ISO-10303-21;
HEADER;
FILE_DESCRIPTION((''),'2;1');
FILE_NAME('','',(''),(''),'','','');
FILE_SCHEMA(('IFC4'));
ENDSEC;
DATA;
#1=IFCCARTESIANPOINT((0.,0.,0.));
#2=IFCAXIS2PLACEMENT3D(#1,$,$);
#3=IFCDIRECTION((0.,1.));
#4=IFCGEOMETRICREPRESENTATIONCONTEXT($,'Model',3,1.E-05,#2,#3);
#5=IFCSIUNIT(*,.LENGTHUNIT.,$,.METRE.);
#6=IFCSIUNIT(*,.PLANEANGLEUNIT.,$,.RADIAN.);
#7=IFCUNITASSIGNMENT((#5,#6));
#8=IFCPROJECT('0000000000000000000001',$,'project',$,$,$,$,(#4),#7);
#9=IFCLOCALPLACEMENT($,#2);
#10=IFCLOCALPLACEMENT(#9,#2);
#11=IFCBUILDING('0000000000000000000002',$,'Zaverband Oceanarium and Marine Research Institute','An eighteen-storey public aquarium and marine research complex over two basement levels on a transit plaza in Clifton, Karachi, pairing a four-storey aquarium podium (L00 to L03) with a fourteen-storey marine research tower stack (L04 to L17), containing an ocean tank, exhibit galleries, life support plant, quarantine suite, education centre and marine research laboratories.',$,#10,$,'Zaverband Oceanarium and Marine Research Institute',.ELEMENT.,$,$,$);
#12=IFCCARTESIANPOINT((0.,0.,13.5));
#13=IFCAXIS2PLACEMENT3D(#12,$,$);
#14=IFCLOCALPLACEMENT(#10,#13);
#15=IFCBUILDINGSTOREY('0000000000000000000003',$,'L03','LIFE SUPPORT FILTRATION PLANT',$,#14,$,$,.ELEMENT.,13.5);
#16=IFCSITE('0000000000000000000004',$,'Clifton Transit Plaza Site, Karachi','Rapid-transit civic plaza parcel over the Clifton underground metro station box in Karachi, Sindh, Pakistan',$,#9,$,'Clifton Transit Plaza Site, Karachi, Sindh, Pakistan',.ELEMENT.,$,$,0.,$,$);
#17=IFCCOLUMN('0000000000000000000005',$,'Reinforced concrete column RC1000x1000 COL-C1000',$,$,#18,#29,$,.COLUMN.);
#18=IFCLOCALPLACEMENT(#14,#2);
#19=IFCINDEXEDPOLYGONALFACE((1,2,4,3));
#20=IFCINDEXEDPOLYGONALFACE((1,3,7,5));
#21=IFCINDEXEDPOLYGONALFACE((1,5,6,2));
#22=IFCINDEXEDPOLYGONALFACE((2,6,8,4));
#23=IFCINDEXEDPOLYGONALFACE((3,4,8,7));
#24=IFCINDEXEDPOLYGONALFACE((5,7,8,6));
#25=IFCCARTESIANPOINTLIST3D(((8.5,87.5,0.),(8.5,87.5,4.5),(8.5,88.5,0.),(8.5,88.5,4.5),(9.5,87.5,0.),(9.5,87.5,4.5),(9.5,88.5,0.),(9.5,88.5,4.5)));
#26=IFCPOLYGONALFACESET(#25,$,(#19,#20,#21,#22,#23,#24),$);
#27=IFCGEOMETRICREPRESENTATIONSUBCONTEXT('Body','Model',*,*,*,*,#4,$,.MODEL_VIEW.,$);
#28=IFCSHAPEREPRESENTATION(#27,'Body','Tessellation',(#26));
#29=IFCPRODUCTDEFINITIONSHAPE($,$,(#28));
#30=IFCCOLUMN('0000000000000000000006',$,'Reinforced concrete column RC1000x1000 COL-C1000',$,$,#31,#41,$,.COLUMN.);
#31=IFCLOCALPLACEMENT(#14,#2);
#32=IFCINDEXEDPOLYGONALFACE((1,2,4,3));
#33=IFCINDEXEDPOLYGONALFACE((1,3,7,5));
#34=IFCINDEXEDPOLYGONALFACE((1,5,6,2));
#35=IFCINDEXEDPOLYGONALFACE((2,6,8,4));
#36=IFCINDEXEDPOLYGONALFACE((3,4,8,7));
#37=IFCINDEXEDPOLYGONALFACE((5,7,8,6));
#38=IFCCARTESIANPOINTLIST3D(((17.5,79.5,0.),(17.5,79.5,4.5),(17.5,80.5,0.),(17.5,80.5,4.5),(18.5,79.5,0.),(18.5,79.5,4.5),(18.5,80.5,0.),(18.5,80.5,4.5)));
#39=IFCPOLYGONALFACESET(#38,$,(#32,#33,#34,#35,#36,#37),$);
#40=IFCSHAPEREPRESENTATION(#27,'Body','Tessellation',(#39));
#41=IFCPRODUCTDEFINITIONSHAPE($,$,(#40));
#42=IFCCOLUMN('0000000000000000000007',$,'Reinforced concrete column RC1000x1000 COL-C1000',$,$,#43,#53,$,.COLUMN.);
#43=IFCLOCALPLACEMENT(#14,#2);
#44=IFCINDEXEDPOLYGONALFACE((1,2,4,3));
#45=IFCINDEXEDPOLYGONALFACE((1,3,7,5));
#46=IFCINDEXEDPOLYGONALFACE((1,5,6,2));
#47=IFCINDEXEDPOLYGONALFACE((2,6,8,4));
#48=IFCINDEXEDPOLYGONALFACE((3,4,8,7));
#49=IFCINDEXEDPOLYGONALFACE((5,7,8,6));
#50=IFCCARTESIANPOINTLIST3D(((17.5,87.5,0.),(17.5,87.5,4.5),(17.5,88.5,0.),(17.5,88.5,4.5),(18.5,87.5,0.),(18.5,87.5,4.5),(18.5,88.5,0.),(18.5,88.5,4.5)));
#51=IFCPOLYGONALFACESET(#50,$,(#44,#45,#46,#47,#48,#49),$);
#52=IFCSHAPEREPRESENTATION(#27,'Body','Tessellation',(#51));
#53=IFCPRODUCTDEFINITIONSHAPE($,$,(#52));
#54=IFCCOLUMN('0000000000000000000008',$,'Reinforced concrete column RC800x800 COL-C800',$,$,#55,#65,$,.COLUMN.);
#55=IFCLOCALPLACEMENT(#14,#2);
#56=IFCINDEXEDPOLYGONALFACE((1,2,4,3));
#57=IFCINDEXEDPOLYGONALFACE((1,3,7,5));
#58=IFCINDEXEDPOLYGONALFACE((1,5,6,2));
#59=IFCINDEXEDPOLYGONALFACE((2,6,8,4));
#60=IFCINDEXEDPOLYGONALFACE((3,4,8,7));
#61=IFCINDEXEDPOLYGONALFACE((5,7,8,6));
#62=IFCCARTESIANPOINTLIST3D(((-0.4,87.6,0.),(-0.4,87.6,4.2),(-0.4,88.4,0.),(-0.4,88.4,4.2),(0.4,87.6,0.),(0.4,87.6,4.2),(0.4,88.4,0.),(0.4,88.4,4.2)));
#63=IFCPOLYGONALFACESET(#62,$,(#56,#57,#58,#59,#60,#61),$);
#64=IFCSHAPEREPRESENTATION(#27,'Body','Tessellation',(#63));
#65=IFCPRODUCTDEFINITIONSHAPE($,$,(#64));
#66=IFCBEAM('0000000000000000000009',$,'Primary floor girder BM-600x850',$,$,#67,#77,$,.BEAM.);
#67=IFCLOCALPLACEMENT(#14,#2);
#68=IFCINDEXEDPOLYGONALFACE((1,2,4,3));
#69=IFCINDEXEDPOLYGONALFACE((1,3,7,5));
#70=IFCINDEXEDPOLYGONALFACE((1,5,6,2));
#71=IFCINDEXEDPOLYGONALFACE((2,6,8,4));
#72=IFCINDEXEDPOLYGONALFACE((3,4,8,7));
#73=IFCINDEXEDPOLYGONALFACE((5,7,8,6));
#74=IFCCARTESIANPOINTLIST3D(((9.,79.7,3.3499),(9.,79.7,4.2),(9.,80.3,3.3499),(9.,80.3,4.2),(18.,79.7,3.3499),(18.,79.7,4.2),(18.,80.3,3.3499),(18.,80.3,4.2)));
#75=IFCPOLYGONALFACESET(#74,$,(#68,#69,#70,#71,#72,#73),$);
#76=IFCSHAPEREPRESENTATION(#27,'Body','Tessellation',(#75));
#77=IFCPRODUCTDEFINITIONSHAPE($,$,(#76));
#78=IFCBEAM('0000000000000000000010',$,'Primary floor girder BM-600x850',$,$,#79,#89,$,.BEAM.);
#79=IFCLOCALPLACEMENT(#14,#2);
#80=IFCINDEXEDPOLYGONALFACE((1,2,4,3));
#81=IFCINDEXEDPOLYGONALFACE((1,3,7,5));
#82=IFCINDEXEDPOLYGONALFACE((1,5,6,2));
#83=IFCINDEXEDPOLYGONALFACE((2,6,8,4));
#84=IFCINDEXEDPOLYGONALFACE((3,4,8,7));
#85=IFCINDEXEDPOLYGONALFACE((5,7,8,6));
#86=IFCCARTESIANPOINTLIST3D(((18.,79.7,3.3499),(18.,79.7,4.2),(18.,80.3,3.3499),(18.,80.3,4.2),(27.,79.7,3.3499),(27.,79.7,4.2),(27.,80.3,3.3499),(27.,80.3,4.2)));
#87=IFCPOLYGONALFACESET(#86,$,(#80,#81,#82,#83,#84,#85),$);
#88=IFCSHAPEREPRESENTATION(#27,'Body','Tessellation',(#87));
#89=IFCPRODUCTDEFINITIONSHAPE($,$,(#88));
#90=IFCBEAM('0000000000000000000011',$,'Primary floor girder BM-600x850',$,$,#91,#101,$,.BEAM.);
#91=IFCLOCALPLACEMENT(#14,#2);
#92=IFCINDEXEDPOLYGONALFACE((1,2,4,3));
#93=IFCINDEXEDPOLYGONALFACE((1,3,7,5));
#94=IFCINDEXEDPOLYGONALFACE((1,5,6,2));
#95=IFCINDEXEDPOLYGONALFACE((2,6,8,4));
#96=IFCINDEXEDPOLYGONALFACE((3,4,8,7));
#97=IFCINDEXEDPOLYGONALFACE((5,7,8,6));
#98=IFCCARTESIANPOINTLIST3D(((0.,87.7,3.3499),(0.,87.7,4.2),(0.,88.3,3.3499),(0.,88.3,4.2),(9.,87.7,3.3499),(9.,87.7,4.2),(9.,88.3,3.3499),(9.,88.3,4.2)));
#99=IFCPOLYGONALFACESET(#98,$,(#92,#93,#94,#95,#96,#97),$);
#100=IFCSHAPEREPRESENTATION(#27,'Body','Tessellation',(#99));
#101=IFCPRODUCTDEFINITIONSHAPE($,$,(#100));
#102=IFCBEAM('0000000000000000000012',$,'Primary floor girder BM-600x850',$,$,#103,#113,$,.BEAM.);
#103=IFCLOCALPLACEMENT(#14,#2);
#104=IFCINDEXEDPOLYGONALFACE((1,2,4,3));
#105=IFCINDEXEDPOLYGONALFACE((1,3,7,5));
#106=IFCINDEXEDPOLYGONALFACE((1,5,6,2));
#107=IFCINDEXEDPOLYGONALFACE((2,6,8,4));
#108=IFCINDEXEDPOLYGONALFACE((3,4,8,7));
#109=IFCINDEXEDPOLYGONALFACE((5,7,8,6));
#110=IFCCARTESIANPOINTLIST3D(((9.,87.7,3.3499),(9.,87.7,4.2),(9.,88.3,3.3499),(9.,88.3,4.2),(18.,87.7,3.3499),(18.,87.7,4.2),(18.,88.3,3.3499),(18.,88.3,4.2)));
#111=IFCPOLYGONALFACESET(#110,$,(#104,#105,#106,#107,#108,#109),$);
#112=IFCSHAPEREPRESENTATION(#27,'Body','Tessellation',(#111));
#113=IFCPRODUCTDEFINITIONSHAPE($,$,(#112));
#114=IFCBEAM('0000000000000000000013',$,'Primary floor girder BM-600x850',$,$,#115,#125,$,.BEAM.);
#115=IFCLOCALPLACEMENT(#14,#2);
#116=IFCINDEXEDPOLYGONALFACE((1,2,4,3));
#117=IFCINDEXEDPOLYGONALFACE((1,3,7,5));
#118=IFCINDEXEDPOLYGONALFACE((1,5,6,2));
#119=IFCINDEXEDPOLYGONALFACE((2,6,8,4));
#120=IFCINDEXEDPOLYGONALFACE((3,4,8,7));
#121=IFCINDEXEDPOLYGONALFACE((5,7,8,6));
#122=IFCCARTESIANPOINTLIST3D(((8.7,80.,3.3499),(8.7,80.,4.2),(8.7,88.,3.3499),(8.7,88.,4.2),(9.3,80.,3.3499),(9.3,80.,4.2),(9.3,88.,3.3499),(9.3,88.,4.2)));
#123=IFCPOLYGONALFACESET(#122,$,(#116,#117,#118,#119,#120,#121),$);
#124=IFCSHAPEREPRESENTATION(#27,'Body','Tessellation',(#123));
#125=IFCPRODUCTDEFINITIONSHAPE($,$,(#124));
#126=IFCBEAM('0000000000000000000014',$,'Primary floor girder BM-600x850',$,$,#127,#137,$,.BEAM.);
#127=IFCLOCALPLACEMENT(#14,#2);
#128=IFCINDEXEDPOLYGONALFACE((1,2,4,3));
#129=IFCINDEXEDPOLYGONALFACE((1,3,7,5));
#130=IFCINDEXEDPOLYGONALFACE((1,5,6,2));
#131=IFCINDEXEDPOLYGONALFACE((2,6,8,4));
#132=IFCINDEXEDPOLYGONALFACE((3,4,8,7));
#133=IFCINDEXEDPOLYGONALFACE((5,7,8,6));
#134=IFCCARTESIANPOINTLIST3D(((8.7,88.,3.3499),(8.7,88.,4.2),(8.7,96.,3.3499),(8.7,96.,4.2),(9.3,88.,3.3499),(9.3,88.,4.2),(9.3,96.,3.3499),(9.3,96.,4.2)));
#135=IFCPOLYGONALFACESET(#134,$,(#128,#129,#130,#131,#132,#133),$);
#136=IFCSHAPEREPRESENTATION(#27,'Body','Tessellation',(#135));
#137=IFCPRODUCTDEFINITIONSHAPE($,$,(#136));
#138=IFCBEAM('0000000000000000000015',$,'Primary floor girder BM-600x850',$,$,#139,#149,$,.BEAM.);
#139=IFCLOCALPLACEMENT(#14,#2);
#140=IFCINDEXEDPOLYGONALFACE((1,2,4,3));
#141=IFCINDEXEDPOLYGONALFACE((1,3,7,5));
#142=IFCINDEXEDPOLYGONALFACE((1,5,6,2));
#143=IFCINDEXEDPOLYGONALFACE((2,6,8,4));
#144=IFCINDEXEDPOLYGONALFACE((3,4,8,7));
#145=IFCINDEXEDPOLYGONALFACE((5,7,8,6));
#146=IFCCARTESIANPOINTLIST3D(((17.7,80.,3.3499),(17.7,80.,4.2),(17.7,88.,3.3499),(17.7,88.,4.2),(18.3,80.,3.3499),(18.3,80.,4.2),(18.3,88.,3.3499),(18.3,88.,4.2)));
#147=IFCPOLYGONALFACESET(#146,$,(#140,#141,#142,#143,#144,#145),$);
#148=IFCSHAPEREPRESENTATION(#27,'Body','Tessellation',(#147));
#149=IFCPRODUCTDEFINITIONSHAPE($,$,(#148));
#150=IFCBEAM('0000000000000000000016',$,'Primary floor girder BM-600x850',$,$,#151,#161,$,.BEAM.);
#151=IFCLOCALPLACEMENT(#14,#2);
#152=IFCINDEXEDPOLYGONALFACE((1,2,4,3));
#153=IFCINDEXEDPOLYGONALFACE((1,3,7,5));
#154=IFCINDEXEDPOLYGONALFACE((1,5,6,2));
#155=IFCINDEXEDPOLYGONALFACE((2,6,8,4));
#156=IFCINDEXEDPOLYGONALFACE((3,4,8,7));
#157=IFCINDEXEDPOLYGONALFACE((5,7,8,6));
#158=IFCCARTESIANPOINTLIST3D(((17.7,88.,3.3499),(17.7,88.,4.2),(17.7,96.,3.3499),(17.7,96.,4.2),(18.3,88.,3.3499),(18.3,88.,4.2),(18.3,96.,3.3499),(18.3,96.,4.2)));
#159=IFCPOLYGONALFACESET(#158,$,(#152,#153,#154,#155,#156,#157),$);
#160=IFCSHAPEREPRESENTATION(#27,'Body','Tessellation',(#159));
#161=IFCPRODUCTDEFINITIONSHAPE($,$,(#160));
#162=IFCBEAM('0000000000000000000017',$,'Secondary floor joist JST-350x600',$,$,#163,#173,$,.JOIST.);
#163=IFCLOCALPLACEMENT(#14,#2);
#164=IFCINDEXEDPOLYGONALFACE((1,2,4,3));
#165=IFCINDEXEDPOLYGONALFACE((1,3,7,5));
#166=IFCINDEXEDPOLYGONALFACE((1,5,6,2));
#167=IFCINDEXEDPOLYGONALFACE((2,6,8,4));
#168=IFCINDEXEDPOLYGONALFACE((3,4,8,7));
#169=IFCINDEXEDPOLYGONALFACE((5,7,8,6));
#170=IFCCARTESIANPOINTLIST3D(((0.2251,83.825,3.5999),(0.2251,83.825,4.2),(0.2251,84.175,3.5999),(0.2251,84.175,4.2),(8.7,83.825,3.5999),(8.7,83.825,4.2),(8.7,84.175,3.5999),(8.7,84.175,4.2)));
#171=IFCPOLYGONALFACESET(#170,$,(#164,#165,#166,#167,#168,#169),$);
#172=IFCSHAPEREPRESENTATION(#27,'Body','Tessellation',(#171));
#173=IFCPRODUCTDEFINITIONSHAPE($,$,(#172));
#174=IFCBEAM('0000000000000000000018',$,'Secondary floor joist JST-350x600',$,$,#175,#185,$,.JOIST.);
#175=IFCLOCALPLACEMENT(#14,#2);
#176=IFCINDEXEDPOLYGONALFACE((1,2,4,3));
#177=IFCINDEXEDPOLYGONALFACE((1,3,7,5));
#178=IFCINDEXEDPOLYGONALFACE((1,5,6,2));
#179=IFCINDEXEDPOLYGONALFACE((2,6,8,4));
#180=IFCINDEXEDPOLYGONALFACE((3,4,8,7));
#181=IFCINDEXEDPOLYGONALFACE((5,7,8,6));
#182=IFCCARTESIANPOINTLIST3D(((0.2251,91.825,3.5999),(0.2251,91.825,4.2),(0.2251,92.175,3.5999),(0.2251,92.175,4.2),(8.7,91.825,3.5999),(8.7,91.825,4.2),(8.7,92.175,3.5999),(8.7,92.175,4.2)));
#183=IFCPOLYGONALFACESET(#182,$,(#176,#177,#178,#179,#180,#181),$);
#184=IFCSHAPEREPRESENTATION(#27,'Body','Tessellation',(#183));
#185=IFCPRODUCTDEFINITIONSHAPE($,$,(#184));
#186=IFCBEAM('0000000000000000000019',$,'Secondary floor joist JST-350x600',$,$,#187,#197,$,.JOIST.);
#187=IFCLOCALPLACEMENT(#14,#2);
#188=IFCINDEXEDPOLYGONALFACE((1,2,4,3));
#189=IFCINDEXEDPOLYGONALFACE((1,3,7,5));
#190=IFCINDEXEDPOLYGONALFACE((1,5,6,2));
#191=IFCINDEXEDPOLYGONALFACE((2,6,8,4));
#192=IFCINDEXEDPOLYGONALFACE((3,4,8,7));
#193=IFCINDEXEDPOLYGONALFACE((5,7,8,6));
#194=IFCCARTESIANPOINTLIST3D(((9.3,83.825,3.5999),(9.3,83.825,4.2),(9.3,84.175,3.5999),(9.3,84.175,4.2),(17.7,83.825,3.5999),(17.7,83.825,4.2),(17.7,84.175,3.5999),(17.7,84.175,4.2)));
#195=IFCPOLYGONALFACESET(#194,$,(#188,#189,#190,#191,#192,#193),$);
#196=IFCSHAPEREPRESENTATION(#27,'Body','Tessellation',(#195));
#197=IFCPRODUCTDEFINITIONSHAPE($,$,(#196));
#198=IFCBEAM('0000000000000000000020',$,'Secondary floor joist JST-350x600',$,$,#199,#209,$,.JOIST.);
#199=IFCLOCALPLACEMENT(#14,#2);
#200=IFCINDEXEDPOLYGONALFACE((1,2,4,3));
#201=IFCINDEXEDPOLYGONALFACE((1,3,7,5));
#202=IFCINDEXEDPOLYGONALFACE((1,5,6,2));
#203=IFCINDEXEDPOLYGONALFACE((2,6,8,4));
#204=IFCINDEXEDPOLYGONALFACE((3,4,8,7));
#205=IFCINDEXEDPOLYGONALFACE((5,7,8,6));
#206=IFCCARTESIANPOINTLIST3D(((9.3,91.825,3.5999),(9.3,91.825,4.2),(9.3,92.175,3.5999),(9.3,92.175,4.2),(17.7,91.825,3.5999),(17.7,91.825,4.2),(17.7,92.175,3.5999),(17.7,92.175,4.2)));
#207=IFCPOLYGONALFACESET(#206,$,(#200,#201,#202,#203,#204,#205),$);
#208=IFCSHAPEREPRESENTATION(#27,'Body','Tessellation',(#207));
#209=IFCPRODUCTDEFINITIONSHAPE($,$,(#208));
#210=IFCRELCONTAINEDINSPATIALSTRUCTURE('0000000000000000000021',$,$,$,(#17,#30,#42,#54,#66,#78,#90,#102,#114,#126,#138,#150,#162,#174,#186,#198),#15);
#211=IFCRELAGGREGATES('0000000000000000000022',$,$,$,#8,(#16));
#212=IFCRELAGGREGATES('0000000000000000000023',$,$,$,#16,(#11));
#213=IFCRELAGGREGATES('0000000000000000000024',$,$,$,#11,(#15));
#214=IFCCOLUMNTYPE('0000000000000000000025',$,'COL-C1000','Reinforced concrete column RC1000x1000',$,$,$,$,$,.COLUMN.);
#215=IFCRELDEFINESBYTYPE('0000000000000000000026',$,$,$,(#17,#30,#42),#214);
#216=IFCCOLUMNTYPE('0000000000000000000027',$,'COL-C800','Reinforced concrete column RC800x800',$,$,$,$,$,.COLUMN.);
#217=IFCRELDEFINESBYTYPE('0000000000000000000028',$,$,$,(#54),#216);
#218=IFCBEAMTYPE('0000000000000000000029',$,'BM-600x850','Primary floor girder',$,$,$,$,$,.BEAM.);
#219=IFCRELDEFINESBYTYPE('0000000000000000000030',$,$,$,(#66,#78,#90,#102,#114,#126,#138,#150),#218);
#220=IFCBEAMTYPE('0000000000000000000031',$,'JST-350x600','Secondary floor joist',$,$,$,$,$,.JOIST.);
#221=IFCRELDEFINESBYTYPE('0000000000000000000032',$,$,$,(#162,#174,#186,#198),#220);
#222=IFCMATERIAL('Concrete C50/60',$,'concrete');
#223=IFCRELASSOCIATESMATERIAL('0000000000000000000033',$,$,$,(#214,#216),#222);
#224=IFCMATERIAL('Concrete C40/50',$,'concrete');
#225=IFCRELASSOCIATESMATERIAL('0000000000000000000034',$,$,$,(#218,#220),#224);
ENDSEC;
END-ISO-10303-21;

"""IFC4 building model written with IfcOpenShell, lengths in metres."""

from ifc_helpers import new_model, si_unit, direction, frame, origin, origin_2d, place, context, subcontext, project, spatial, rectangle, extrude, material, material_profile, profile_set, type_object, element, save


model = new_model("IFC4")

# Units and contexts
model_context = context("Model", 3, precision=1e-05, world=origin(), true_north=direction((0.0, 1.0)))
body_context = subcontext(model_context, "Body", "Model", "MODEL_VIEW")
ifc_project = project(units=[si_unit("LENGTHUNIT", "METRE"), si_unit("PLANEANGLEUNIT", "RADIAN")], contexts=[model_context])

# Site, building, storey
site_placement = place(None, origin())
site = spatial("IfcSite", under=ifc_project, at=site_placement, Name="Clifton Transit Plaza Site, Karachi", Description="Rapid-transit civic plaza parcel over the Clifton underground metro station box in Karachi, Sindh, Pakistan", LongName="Clifton Transit Plaza Site, Karachi, Sindh, Pakistan", CompositionType="ELEMENT", RefElevation=0.0)
building_placement = place(site_placement, origin())
building = spatial("IfcBuilding", under=site, at=building_placement, Name="Zaverband Oceanarium and Marine Research Institute", Description="An eighteen-storey public aquarium and marine research complex over two basement levels on a transit plaza in Clifton, Karachi, pairing a four-storey aquarium podium (L00 to L03) with a fourteen-storey marine research tower stack (L04 to L17), containing an ocean tank, exhibit galleries, life support plant, quarantine suite, education centre and marine research laboratories.", LongName="Zaverband Oceanarium and Marine Research Institute", CompositionType="ELEMENT")
storey_placement = place(building_placement, frame((0.0, 0.0, 13.5)))
storey = spatial("IfcBuildingStorey", under=building, at=storey_placement, Name="L03", Description="LIFE SUPPORT FILTRATION PLANT", CompositionType="ELEMENT", Elevation=13.5)

# Columns
ifc_material_1 = material(Name="Concrete C50/60", Category="concrete")
ifc_material_profile_1 = material_profile(ifc_material_1, rectangle(XDim=1.0, YDim=1.0, at=origin_2d()), Name="RC1000x1000")
ifc_profile_set_1 = profile_set([ifc_material_profile_1], Name="Concrete C50/60")
column_type_1 = type_object("IfcColumnType", Name="COL-C1000", Description="Reinforced concrete column RC1000x1000", PredefinedType="COLUMN", material=ifc_profile_set_1)
for number, where, z_axis, x_axis, name in (
    (1, (9.0, 88.0, 0.0), (0.0, 0.0, 1.0), (1.0, 0.0, 0.0), "Reinforced concrete column RC1000x1000 COL-C1000"),
    (2, (18.0, 80.0, 0.0), (0.0, 0.0, 1.0), (1.0, 0.0, 0.0), "Reinforced concrete column RC1000x1000 COL-C1000"),
    (3, (18.0, 88.0, 0.0), (0.0, 0.0, 1.0), (1.0, 0.0, 0.0), "Reinforced concrete column RC1000x1000 COL-C1000"),
):
    element("IfcColumn", number, at=place(storey_placement, frame(where, z_axis=z_axis, x_axis=x_axis)), inside=storey, type_object=column_type_1, Name=name, PredefinedType="COLUMN", context=body_context, shape_type="SweptSolid", body=[
        extrude(rectangle(XDim=1.0, YDim=1.0, at=origin_2d()), origin(), (0.0, 0.0, 1.0), 4.5),
    ])
ifc_material_profile_2 = material_profile(ifc_material_1, rectangle(XDim=0.8, YDim=0.8, at=origin_2d()), Name="RC800x800")
ifc_profile_set_2 = profile_set([ifc_material_profile_2], Name="Concrete C50/60")
column_type_2 = type_object("IfcColumnType", Name="COL-C800", Description="Reinforced concrete column RC800x800", PredefinedType="COLUMN", material=ifc_profile_set_2)
column_placement = place(storey_placement, frame((0.0, 88.0, 0.0), z_axis=(0.0, 0.0, 1.0), x_axis=(1.0, 0.0, 0.0)))
element("IfcColumn", 4, at=column_placement, inside=storey, type_object=column_type_2, Name="Reinforced concrete column RC800x800 COL-C800", PredefinedType="COLUMN", context=body_context, shape_type="SweptSolid", body=[
    extrude(rectangle(XDim=0.8, YDim=0.8, at=origin_2d()), origin(), (0.0, 0.0, 1.0), 4.2),
])

# Beams
ifc_material_2 = material(Name="Concrete C40/50", Category="concrete")
ifc_material_profile_3 = material_profile(ifc_material_2, rectangle(XDim=0.6001, YDim=0.8501, at=origin_2d()), Name="RC600x850")
ifc_profile_set_3 = profile_set([ifc_material_profile_3], Name="Concrete C40/50")
beam_type_1 = type_object("IfcBeamType", Name="BM-600x850", Description="Primary floor girder", PredefinedType="BEAM", material=ifc_profile_set_3)
for number, where, z_axis, x_axis, name in (
    (5, (9.0, 80.0, 3.7749), (1.0, 0.0, 0.0), (0.0, 1.0, 0.0), "Primary floor girder BM-600x850"),
    (6, (18.0, 80.0, 3.7749), (1.0, 0.0, 0.0), (0.0, 1.0, 0.0), "Primary floor girder BM-600x850"),
    (7, (0.0, 88.0, 3.7749), (1.0, 0.0, 0.0), (0.0, 1.0, 0.0), "Primary floor girder BM-600x850"),
    (8, (9.0, 88.0, 3.7749), (1.0, 0.0, 0.0), (0.0, 1.0, 0.0), "Primary floor girder BM-600x850"),
):
    element("IfcBeam", number, at=place(storey_placement, frame(where, z_axis=z_axis, x_axis=x_axis)), inside=storey, type_object=beam_type_1, Name=name, PredefinedType="BEAM", context=body_context, shape_type="SweptSolid", body=[
        extrude(rectangle(XDim=0.6001, YDim=0.8501, at=origin_2d()), origin(), (0.0, 0.0, 1.0), 9.0),
    ])
for number, where, z_axis, x_axis, name in (
    (9, (9.0, 80.0, 3.7749), (0.0, 1.0, 0.0), (-1.0, 0.0, 0.0), "Primary floor girder BM-600x850"),
    (10, (9.0, 88.0, 3.7749), (0.0, 1.0, 0.0), (-1.0, 0.0, 0.0), "Primary floor girder BM-600x850"),
    (11, (18.0, 80.0, 3.7749), (0.0, 1.0, 0.0), (-1.0, 0.0, 0.0), "Primary floor girder BM-600x850"),
    (12, (18.0, 88.0, 3.7749), (0.0, 1.0, 0.0), (-1.0, 0.0, 0.0), "Primary floor girder BM-600x850"),
):
    element("IfcBeam", number, at=place(storey_placement, frame(where, z_axis=z_axis, x_axis=x_axis)), inside=storey, type_object=beam_type_1, Name=name, PredefinedType="BEAM", context=body_context, shape_type="SweptSolid", body=[
        extrude(rectangle(XDim=0.6001, YDim=0.8501, at=origin_2d()), origin(), (0.0, 0.0, 1.0), 8.0),
    ])
ifc_material_profile_4 = material_profile(ifc_material_2, rectangle(XDim=0.3501, YDim=0.6001, at=origin_2d()), Name="RC350x600")
ifc_profile_set_4 = profile_set([ifc_material_profile_4], Name="Concrete C40/50")
beam_type_2 = type_object("IfcBeamType", Name="JST-350x600", Description="Secondary floor joist", PredefinedType="JOIST", material=ifc_profile_set_4)
for number, where, z_axis, x_axis, name in (
    (13, (0.2251, 84.0, 3.8999), (1.0, 0.0, 0.0), (0.0, 1.0, 0.0), "Secondary floor joist JST-350x600"),
    (14, (0.2251, 92.0, 3.8999), (1.0, 0.0, 0.0), (0.0, 1.0, 0.0), "Secondary floor joist JST-350x600"),
):
    element("IfcBeam", number, at=place(storey_placement, frame(where, z_axis=z_axis, x_axis=x_axis)), inside=storey, type_object=beam_type_2, Name=name, PredefinedType="JOIST", context=body_context, shape_type="SweptSolid", body=[
        extrude(rectangle(XDim=0.3501, YDim=0.6001, at=origin_2d()), origin(), (0.0, 0.0, 1.0), 8.4749),
    ])
for number, where, z_axis, x_axis, name in (
    (15, (9.3, 84.0, 3.8999), (1.0, 0.0, 0.0), (0.0, 1.0, 0.0), "Secondary floor joist JST-350x600"),
    (16, (9.3, 92.0, 3.8999), (1.0, 0.0, 0.0), (0.0, 1.0, 0.0), "Secondary floor joist JST-350x600"),
):
    element("IfcBeam", number, at=place(storey_placement, frame(where, z_axis=z_axis, x_axis=x_axis)), inside=storey, type_object=beam_type_2, Name=name, PredefinedType="JOIST", context=body_context, shape_type="SweptSolid", body=[
        extrude(rectangle(XDim=0.3501, YDim=0.6001, at=origin_2d()), origin(), (0.0, 0.0, 1.0), 8.3999),
    ])

save(model, "model.ifc")
